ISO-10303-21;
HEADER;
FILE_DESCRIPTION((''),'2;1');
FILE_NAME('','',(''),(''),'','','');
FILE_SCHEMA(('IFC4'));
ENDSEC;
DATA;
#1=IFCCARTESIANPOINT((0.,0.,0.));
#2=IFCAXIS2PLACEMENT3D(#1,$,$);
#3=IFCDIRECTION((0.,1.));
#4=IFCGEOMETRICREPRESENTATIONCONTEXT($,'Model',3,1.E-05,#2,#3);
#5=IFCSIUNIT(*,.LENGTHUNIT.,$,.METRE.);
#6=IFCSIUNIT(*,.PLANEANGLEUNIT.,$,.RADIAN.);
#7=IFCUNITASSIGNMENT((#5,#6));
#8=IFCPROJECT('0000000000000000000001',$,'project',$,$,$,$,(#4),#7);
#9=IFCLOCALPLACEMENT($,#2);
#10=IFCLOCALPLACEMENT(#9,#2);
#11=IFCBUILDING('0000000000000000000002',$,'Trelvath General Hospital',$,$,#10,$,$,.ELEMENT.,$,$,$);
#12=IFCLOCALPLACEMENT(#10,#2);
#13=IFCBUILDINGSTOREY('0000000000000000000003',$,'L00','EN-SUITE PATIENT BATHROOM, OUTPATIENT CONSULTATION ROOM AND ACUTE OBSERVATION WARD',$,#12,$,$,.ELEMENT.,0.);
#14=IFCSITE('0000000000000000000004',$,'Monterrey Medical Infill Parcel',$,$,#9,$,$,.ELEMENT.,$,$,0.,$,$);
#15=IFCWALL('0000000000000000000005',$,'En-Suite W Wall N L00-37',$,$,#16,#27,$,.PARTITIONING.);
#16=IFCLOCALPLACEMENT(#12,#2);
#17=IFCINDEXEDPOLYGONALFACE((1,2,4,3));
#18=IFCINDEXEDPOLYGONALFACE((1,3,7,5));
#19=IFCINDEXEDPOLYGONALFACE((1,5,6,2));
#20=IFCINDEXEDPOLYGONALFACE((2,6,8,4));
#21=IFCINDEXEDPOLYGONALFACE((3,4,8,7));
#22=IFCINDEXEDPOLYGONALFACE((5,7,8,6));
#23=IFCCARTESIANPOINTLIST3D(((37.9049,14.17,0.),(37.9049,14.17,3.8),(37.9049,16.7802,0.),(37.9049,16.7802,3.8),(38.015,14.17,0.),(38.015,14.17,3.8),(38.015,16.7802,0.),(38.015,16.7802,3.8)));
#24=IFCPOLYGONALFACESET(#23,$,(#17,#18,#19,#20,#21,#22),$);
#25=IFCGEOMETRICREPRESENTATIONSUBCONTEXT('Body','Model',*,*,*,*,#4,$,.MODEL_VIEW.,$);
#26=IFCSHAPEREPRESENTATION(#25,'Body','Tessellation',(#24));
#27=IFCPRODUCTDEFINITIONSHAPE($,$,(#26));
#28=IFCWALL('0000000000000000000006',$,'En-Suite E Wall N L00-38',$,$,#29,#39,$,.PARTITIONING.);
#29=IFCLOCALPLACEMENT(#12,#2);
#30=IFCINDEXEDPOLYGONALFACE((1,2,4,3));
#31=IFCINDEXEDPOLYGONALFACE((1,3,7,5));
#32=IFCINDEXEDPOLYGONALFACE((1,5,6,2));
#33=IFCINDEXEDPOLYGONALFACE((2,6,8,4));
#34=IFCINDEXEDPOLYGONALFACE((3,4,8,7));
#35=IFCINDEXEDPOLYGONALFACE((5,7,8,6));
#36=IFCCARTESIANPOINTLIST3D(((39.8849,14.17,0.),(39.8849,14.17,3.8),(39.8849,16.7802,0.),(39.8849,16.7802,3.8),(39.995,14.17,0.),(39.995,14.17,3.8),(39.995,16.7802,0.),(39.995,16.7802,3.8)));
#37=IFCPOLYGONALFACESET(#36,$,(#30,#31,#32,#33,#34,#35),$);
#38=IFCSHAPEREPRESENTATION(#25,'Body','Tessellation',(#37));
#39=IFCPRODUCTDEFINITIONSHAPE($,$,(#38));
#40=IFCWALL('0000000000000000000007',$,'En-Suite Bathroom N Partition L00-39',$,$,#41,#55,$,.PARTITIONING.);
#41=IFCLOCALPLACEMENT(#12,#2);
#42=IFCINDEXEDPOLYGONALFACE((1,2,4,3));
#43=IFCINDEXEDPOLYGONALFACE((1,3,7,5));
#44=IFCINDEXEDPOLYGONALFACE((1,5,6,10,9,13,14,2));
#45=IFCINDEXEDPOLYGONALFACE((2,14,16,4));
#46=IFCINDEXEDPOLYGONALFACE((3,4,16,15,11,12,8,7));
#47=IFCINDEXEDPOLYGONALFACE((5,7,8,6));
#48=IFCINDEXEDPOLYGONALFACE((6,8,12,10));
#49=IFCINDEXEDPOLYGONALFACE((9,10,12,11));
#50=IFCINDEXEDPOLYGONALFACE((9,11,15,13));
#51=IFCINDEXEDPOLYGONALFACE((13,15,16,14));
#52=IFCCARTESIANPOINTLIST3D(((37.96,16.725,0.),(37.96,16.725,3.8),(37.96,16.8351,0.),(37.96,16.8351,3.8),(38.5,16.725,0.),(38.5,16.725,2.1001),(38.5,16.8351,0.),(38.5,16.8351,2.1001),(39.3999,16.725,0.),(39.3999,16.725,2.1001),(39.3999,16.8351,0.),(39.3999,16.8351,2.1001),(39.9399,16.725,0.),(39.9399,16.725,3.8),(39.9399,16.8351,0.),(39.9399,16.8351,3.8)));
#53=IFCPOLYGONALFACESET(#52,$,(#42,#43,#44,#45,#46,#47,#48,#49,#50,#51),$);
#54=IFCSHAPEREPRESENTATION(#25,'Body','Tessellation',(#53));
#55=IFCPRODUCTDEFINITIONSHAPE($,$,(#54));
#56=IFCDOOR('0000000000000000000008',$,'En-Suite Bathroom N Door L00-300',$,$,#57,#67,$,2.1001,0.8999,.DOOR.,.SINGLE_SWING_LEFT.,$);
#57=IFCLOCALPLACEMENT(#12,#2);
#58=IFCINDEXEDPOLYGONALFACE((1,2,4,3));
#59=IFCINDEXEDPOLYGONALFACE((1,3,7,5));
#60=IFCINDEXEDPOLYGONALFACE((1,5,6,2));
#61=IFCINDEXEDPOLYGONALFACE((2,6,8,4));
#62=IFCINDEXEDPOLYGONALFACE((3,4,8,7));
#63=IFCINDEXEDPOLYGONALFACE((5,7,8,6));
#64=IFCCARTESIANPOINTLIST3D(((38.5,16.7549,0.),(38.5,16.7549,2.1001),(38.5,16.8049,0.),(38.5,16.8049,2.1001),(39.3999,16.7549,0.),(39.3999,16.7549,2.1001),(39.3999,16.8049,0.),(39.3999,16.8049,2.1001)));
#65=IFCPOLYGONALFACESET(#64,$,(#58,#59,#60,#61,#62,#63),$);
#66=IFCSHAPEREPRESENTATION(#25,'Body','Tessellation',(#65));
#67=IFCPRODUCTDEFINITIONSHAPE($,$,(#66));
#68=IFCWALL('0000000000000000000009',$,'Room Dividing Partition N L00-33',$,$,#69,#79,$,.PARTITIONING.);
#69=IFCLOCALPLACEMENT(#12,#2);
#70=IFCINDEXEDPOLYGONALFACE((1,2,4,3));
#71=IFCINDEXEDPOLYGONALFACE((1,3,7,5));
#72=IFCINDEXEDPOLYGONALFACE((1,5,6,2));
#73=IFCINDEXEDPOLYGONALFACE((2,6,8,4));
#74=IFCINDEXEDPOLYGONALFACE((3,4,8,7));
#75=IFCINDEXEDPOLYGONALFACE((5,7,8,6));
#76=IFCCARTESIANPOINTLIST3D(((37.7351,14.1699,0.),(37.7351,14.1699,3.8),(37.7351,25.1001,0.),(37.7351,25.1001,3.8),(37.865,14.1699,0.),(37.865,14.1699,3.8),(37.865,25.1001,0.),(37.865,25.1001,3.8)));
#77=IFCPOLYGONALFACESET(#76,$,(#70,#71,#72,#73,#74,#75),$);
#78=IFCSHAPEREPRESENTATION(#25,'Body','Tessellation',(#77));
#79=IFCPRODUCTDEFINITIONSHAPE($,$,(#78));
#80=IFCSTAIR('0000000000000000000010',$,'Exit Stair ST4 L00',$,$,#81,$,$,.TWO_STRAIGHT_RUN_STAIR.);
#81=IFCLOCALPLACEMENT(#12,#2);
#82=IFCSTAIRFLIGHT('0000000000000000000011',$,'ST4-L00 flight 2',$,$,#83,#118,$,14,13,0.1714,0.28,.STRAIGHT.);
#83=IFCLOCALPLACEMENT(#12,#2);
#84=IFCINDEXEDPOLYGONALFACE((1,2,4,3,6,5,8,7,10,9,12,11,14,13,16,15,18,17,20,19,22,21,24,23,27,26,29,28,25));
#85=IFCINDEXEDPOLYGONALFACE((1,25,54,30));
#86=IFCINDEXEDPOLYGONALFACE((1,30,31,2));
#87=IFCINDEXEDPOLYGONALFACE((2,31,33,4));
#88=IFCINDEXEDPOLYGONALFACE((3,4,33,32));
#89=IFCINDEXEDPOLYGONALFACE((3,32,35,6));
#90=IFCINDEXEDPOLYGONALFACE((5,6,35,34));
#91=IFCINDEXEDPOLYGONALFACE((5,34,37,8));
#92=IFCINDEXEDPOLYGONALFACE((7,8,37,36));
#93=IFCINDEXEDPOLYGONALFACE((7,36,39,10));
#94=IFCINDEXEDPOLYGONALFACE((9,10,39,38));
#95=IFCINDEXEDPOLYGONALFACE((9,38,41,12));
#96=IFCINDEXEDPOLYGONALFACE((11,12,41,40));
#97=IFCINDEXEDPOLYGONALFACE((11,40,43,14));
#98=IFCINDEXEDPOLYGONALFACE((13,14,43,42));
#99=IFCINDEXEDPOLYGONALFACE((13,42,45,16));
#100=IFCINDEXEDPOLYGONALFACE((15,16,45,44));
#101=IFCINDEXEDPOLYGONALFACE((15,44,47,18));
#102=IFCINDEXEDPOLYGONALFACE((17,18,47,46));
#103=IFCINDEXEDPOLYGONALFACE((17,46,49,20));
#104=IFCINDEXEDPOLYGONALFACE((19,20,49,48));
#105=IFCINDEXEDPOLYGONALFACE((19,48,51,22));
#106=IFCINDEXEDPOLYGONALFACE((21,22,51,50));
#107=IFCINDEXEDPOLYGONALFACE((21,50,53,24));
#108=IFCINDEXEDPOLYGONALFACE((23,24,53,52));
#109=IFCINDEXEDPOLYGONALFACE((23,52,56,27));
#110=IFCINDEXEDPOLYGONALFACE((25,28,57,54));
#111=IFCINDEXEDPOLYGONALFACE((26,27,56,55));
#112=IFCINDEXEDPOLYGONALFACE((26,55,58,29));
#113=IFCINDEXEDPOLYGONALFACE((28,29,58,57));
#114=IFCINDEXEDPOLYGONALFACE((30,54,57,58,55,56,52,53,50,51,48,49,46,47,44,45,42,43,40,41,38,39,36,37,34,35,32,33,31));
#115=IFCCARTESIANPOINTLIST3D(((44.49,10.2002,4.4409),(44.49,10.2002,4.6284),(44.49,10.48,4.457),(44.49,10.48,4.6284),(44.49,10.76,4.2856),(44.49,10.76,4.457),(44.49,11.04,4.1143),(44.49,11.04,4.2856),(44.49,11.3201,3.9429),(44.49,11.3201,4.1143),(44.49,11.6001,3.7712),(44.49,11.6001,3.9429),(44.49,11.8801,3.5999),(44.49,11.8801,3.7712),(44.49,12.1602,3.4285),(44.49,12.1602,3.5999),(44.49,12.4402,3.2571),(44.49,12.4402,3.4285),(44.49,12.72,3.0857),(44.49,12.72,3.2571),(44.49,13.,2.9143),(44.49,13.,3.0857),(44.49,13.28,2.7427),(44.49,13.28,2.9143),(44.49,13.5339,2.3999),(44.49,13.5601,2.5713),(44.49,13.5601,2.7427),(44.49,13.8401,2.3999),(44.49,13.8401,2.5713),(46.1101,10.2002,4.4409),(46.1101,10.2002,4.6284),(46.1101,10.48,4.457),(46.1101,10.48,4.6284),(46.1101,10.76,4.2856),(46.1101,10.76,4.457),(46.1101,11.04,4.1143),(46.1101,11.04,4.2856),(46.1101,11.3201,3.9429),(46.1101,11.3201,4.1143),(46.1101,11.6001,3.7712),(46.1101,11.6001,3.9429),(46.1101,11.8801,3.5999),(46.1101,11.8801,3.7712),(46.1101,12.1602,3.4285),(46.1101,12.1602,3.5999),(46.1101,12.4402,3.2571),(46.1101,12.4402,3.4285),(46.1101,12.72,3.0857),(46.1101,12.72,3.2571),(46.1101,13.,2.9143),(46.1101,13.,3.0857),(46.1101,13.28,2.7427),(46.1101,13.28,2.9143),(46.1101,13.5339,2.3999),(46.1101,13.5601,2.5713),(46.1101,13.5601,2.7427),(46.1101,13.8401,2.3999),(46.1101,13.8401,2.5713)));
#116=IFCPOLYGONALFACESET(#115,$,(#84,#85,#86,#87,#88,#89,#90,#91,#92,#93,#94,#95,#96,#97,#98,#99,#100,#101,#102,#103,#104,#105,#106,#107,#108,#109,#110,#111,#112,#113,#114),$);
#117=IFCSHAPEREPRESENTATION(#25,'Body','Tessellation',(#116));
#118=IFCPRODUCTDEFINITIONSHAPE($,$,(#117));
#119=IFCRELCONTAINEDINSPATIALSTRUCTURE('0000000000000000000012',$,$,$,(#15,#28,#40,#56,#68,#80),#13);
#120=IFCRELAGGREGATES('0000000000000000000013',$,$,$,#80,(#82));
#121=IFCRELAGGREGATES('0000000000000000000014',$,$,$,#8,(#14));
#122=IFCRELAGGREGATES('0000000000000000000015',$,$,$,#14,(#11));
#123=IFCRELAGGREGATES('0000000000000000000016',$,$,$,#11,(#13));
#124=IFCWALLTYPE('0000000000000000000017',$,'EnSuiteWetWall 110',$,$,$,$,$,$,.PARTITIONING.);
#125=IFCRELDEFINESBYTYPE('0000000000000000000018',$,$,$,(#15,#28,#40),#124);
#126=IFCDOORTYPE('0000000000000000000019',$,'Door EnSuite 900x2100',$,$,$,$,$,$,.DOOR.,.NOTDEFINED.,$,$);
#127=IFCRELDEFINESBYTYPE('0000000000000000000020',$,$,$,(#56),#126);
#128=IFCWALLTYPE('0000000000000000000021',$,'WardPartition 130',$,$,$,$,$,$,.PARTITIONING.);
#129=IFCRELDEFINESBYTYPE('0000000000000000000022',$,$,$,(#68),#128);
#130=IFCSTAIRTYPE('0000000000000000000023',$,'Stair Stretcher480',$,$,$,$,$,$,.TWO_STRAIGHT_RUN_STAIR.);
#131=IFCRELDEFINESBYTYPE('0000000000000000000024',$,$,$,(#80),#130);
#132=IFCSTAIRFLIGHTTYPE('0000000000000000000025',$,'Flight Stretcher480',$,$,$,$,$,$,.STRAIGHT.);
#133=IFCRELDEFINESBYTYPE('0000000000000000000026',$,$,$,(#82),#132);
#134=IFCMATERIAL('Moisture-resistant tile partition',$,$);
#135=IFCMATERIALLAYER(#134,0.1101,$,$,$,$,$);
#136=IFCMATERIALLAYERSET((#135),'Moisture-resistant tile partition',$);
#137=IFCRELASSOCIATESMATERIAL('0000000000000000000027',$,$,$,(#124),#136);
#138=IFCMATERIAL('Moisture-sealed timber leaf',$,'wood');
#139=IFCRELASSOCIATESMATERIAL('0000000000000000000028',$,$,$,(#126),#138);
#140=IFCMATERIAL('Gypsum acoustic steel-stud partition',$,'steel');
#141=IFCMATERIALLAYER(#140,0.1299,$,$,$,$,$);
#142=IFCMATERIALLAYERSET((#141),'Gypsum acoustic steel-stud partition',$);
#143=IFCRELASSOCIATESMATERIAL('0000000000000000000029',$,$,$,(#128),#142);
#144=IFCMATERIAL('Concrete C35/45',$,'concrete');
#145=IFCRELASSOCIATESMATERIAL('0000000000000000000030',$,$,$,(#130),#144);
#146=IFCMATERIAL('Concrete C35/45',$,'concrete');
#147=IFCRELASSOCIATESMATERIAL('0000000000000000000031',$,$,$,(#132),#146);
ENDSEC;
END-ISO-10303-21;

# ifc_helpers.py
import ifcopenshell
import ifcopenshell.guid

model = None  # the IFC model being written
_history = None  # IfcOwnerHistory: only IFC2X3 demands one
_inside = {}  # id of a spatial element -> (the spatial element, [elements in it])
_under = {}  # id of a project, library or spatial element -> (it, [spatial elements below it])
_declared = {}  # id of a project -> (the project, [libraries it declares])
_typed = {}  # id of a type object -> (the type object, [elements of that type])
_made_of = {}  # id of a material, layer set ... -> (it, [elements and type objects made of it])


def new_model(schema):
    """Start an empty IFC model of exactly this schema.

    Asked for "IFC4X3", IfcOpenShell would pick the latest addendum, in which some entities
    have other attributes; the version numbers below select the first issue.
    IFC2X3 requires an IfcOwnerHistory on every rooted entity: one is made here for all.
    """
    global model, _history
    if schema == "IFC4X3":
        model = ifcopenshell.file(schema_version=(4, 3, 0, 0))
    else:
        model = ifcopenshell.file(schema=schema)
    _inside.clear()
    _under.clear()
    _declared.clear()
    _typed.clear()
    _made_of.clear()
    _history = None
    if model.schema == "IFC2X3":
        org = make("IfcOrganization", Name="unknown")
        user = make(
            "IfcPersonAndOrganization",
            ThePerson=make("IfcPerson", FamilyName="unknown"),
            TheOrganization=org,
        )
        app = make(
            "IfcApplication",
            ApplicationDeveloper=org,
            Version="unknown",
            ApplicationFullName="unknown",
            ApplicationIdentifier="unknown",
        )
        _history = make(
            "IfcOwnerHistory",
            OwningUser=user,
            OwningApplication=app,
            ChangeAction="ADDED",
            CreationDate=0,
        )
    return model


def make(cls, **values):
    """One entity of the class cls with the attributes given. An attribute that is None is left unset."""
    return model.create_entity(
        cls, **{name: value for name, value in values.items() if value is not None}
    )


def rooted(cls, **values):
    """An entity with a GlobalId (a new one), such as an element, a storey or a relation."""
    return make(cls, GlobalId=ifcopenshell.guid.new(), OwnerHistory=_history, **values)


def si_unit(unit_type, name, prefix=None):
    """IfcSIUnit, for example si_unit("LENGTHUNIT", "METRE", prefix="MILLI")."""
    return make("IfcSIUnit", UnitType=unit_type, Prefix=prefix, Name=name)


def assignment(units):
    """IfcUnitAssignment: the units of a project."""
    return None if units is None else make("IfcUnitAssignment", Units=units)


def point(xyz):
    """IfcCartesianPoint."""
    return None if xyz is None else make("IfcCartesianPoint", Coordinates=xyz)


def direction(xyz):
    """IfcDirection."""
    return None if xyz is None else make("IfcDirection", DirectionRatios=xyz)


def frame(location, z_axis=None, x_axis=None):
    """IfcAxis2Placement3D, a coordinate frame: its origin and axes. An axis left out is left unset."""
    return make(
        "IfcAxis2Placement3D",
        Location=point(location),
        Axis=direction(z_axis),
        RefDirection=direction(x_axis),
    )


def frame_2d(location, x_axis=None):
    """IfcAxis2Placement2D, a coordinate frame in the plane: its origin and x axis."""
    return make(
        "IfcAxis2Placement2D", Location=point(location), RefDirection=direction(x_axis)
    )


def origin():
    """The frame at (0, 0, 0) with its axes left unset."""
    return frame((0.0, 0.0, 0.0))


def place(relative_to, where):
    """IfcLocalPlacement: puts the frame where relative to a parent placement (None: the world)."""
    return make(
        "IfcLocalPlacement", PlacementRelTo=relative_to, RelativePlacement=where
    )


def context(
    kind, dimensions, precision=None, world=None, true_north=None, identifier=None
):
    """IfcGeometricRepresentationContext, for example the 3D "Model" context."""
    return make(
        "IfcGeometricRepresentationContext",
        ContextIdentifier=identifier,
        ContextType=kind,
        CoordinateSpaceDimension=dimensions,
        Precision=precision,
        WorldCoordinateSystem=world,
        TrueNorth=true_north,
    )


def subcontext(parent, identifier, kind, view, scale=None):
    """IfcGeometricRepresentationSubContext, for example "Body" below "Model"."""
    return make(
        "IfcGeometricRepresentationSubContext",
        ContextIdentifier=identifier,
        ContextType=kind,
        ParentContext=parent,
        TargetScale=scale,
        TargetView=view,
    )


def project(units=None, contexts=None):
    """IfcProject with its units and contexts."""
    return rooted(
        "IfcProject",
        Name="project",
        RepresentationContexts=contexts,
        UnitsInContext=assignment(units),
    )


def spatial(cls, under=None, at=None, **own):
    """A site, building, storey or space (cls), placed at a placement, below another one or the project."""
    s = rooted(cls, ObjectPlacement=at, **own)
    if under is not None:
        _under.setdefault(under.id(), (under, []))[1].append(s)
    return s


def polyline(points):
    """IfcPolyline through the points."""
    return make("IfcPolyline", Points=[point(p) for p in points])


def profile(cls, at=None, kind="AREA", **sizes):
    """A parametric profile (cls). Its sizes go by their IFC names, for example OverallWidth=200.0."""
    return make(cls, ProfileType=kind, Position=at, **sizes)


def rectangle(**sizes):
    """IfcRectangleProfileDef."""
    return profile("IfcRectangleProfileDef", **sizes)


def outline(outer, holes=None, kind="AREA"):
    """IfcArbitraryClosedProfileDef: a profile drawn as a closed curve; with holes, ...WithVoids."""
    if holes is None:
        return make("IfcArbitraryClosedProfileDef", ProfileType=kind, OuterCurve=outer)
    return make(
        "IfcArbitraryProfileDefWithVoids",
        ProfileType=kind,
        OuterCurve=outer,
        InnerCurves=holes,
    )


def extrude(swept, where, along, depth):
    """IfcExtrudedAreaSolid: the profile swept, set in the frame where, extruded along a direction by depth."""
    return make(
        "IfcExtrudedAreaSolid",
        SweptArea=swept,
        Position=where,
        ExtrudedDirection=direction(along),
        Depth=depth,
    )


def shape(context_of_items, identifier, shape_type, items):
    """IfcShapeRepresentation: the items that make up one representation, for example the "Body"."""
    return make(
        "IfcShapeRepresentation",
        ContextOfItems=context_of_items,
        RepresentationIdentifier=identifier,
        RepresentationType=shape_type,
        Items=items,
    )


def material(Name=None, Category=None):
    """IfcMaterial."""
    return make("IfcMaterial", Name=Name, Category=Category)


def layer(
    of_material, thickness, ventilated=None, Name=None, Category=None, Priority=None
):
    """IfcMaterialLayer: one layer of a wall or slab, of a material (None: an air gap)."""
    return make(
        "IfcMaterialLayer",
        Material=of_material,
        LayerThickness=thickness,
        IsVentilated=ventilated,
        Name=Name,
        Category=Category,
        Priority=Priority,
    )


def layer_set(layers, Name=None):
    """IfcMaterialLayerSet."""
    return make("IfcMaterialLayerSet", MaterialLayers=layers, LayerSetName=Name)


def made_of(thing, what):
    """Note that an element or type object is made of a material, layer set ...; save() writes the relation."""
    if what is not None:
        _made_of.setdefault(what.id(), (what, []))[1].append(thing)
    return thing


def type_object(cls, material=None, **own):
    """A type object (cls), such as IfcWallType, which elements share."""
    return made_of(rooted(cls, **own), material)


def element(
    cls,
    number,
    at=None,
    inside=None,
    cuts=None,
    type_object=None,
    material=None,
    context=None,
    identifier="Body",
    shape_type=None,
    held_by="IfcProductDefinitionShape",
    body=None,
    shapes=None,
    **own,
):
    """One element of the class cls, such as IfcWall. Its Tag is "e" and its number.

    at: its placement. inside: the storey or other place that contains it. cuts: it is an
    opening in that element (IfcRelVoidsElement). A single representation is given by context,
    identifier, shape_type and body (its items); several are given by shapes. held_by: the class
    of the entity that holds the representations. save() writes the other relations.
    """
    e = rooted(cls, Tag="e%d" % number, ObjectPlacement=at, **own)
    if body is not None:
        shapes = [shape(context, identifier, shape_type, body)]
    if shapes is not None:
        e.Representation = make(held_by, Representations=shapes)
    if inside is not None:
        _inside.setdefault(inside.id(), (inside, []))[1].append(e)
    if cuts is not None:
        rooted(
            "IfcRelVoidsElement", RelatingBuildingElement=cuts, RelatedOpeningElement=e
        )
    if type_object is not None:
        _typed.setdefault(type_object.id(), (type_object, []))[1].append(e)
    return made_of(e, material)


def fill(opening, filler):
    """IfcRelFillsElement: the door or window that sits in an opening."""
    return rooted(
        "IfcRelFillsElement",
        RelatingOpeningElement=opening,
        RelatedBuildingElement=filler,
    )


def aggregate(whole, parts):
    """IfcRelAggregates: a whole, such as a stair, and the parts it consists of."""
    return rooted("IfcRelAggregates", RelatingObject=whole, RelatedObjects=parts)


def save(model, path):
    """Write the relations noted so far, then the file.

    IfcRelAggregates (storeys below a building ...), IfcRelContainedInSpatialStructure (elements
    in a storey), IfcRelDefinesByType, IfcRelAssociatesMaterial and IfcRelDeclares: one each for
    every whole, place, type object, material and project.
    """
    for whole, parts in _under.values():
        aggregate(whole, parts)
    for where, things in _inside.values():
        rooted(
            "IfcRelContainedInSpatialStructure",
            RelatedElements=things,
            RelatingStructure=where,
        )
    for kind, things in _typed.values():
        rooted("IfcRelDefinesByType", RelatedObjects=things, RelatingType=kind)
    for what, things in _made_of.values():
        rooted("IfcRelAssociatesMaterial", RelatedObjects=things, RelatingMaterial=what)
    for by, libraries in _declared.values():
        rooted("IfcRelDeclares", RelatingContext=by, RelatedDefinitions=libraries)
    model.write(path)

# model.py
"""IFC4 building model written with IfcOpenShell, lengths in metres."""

from ifc_helpers import new_model, si_unit, direction, frame, frame_2d, origin, place, context, subcontext, project, spatial, polyline, rectangle, outline, extrude, material, layer, layer_set, type_object, element, fill, aggregate, save


model = new_model("IFC4")

# Units and contexts
model_context = context("Model", 3, precision=1e-05, world=origin(), true_north=direction((0.0, 1.0)))
body_context = subcontext(model_context, "Body", "Model", "MODEL_VIEW")
ifc_project = project(units=[si_unit("LENGTHUNIT", "METRE"), si_unit("PLANEANGLEUNIT", "RADIAN")], contexts=[model_context])

# Site, building, storey
site_placement = place(None, origin())
site = spatial("IfcSite", under=ifc_project, at=site_placement, Name="Monterrey Medical Infill Parcel", CompositionType="ELEMENT", RefElevation=0.0)
building_placement = place(site_placement, origin())
building = spatial("IfcBuilding", under=site, at=building_placement, Name="Trelvath General Hospital", CompositionType="ELEMENT")
storey_placement = place(building_placement, origin())
storey = spatial("IfcBuildingStorey", under=building, at=storey_placement, Name="L00", Description="EN-SUITE PATIENT BATHROOM, OUTPATIENT CONSULTATION ROOM AND ACUTE OBSERVATION WARD", CompositionType="ELEMENT", Elevation=0.0)

# Shared definitions
ifc_material_1 = material(Name="Moisture-resistant tile partition")
ifc_layer_1 = layer(ifc_material_1, 0.1101)
ifc_layer_set_1 = layer_set([ifc_layer_1], Name="Moisture-resistant tile partition")
wall_type_1 = type_object("IfcWallType", Name="EnSuiteWetWall 110", PredefinedType="PARTITIONING", material=ifc_layer_set_1)

# Shared definitions
ifc_material_2 = material(Name="Moisture-sealed timber leaf", Category="wood")
door_type_1 = type_object("IfcDoorType", Name="Door EnSuite 900x2100", OperationType="NOTDEFINED", PredefinedType="DOOR", material=ifc_material_2)

# Walls
for number, where, z_axis, x_axis, name in (
    (1, (37.96, 14.1699, 0.0), (0.0, 0.0, 1.0), (0.0, 1.0, 0.0), "En-Suite W Wall N L00-37"),
    (2, (39.9399, 14.1699, 0.0), (0.0, 0.0, 1.0), (0.0, 1.0, 0.0), "En-Suite E Wall N L00-38"),
):
    element("IfcWall", number, at=place(storey_placement, frame(where, z_axis=z_axis, x_axis=x_axis)), inside=storey, type_object=wall_type_1, Name=name, PredefinedType="PARTITIONING", context=body_context, shape_type="SweptSolid", body=[
        extrude(rectangle(XDim=2.6101, YDim=0.1101, at=frame_2d((1.3052, 0.0))), origin(), (0.0, 0.0, 1.0), 3.8),
    ])

# Wall, opening, door
wall_1_placement = place(storey_placement, frame((37.96, 16.78, 0.0), z_axis=(0.0, 0.0, 1.0), x_axis=(1.0, 0.0, 0.0)))
wall_1 = element("IfcWall", 3, at=wall_1_placement, inside=storey, type_object=wall_type_1, Name="En-Suite Bathroom N Partition L00-39", PredefinedType="PARTITIONING", context=body_context, shape_type="SweptSolid", body=[
    extrude(rectangle(XDim=1.98, YDim=0.1101, at=frame_2d((0.99, 0.0))), origin(), (0.0, 0.0, 1.0), 3.8),
])
opening_1_placement = place(wall_1_placement, frame((0.54, 0.0, 0.0)))
opening_1 = element("IfcOpeningElement", 4, at=opening_1_placement, cuts=wall_1, PredefinedType="OPENING", context=body_context, shape_type="SweptSolid", body=[
    extrude(rectangle(XDim=0.8999, YDim=2.1001, at=frame_2d((0.45, 1.05))), frame((0.0, 0.0649, 0.0), z_axis=(0.0, -1.0, 0.0), x_axis=(1.0, 0.0, 0.0)), (0.0, 0.0, 1.0), 0.1301),
])
door_1_placement = place(opening_1_placement, origin())
door_1 = element("IfcDoor", 5, at=door_1_placement, inside=storey, type_object=door_type_1, Name="En-Suite Bathroom N Door L00-300", OperationType="SINGLE_SWING_LEFT", OverallHeight=2.1001, OverallWidth=0.8999, PredefinedType="DOOR", context=body_context, shape_type="SweptSolid", body=[
    extrude(rectangle(XDim=0.8999, YDim=2.1001, at=frame_2d((0.45, 1.05))), frame((0.0, 0.0249, 0.0), z_axis=(0.0, -1.0, 0.0), x_axis=(1.0, 0.0, 0.0)), (0.0, 0.0, 1.0), 0.05),
])
fill(opening_1, door_1)

# Wall
ifc_material_3 = material(Name="Gypsum acoustic steel-stud partition", Category="steel")
ifc_layer_2 = layer(ifc_material_3, 0.1299)
ifc_layer_set_2 = layer_set([ifc_layer_2], Name="Gypsum acoustic steel-stud partition")
wall_type_2 = type_object("IfcWallType", Name="WardPartition 130", PredefinedType="PARTITIONING", material=ifc_layer_set_2)
wall_2_placement = place(storey_placement, frame((37.8, 14.1699, 0.0), z_axis=(0.0, 0.0, 1.0), x_axis=(0.0, 1.0, 0.0)))
element("IfcWall", 6, at=wall_2_placement, inside=storey, type_object=wall_type_2, Name="Room Dividing Partition N L00-33", PredefinedType="PARTITIONING", context=body_context, shape_type="SweptSolid", body=[
    extrude(rectangle(XDim=10.9302, YDim=0.1299, at=frame_2d((5.4651, 0.0))), origin(), (0.0, 0.0, 1.0), 3.8),
])

# Stair, stair flight
ifc_material_4 = material(Name="Concrete C35/45", Category="concrete")
stair_type = type_object("IfcStairType", Name="Stair Stretcher480", PredefinedType="TWO_STRAIGHT_RUN_STAIR", material=ifc_material_4)
stair_placement = place(storey_placement, origin())
stair = element("IfcStair", 7, at=stair_placement, inside=storey, type_object=stair_type, Name="Exit Stair ST4 L00", PredefinedType="TWO_STRAIGHT_RUN_STAIR")
ifc_material_5 = material(Name="Concrete C35/45", Category="concrete")
stair_flight_type = type_object("IfcStairFlightType", Name="Flight Stretcher480", PredefinedType="STRAIGHT", material=ifc_material_5)
stair_flight_placement = place(storey_placement, frame((45.3, 13.8401, 2.3999), z_axis=(0.0, 0.0, 1.0), x_axis=(0.0, -1.0, 0.0)))
stair_flight = element("IfcStairFlight", 8, at=stair_flight_placement, type_object=stair_flight_type, Name="ST4-L00 flight 2", NumberOfRisers=14, NumberOfTreads=13, PredefinedType="STRAIGHT", RiserHeight=0.1714, TreadLength=0.28, context=body_context, shape_type="SweptSolid", body=[
    extrude(outline(polyline([(0.0, 0.0), (0.0, 0.1714), (0.28, 0.1714), (0.28, 0.3428), (0.5601, 0.3428), (0.5601, 0.5144), (0.8401, 0.5144), (0.8401, 0.6858), (1.1201, 0.6858), (1.1201, 0.8572), (1.3999, 0.8572), (1.3999, 1.0286), (1.6799, 1.0286), (1.6799, 1.2), (1.96, 1.2), (1.96, 1.3713), (2.24, 1.3713), (2.24, 1.543), (2.52, 1.543), (2.52, 1.7144), (2.8, 1.7144), (2.8, 1.8857), (3.0801, 1.8857), (3.0801, 2.0571), (3.3601, 2.0571), (3.3601, 2.2285), (3.6399, 2.2285), (3.6399, 2.3999), (3.6399, 2.041), (0.3062, 0.0), (0.0, 0.0)])), frame((0.0, 0.8101, 0.0), z_axis=(0.0, -1.0, 0.0), x_axis=(1.0, 0.0, 0.0)), (0.0, 0.0, 1.0), 1.6201),
])
aggregate(stair, [stair_flight])

save(model, "model.ifc")
